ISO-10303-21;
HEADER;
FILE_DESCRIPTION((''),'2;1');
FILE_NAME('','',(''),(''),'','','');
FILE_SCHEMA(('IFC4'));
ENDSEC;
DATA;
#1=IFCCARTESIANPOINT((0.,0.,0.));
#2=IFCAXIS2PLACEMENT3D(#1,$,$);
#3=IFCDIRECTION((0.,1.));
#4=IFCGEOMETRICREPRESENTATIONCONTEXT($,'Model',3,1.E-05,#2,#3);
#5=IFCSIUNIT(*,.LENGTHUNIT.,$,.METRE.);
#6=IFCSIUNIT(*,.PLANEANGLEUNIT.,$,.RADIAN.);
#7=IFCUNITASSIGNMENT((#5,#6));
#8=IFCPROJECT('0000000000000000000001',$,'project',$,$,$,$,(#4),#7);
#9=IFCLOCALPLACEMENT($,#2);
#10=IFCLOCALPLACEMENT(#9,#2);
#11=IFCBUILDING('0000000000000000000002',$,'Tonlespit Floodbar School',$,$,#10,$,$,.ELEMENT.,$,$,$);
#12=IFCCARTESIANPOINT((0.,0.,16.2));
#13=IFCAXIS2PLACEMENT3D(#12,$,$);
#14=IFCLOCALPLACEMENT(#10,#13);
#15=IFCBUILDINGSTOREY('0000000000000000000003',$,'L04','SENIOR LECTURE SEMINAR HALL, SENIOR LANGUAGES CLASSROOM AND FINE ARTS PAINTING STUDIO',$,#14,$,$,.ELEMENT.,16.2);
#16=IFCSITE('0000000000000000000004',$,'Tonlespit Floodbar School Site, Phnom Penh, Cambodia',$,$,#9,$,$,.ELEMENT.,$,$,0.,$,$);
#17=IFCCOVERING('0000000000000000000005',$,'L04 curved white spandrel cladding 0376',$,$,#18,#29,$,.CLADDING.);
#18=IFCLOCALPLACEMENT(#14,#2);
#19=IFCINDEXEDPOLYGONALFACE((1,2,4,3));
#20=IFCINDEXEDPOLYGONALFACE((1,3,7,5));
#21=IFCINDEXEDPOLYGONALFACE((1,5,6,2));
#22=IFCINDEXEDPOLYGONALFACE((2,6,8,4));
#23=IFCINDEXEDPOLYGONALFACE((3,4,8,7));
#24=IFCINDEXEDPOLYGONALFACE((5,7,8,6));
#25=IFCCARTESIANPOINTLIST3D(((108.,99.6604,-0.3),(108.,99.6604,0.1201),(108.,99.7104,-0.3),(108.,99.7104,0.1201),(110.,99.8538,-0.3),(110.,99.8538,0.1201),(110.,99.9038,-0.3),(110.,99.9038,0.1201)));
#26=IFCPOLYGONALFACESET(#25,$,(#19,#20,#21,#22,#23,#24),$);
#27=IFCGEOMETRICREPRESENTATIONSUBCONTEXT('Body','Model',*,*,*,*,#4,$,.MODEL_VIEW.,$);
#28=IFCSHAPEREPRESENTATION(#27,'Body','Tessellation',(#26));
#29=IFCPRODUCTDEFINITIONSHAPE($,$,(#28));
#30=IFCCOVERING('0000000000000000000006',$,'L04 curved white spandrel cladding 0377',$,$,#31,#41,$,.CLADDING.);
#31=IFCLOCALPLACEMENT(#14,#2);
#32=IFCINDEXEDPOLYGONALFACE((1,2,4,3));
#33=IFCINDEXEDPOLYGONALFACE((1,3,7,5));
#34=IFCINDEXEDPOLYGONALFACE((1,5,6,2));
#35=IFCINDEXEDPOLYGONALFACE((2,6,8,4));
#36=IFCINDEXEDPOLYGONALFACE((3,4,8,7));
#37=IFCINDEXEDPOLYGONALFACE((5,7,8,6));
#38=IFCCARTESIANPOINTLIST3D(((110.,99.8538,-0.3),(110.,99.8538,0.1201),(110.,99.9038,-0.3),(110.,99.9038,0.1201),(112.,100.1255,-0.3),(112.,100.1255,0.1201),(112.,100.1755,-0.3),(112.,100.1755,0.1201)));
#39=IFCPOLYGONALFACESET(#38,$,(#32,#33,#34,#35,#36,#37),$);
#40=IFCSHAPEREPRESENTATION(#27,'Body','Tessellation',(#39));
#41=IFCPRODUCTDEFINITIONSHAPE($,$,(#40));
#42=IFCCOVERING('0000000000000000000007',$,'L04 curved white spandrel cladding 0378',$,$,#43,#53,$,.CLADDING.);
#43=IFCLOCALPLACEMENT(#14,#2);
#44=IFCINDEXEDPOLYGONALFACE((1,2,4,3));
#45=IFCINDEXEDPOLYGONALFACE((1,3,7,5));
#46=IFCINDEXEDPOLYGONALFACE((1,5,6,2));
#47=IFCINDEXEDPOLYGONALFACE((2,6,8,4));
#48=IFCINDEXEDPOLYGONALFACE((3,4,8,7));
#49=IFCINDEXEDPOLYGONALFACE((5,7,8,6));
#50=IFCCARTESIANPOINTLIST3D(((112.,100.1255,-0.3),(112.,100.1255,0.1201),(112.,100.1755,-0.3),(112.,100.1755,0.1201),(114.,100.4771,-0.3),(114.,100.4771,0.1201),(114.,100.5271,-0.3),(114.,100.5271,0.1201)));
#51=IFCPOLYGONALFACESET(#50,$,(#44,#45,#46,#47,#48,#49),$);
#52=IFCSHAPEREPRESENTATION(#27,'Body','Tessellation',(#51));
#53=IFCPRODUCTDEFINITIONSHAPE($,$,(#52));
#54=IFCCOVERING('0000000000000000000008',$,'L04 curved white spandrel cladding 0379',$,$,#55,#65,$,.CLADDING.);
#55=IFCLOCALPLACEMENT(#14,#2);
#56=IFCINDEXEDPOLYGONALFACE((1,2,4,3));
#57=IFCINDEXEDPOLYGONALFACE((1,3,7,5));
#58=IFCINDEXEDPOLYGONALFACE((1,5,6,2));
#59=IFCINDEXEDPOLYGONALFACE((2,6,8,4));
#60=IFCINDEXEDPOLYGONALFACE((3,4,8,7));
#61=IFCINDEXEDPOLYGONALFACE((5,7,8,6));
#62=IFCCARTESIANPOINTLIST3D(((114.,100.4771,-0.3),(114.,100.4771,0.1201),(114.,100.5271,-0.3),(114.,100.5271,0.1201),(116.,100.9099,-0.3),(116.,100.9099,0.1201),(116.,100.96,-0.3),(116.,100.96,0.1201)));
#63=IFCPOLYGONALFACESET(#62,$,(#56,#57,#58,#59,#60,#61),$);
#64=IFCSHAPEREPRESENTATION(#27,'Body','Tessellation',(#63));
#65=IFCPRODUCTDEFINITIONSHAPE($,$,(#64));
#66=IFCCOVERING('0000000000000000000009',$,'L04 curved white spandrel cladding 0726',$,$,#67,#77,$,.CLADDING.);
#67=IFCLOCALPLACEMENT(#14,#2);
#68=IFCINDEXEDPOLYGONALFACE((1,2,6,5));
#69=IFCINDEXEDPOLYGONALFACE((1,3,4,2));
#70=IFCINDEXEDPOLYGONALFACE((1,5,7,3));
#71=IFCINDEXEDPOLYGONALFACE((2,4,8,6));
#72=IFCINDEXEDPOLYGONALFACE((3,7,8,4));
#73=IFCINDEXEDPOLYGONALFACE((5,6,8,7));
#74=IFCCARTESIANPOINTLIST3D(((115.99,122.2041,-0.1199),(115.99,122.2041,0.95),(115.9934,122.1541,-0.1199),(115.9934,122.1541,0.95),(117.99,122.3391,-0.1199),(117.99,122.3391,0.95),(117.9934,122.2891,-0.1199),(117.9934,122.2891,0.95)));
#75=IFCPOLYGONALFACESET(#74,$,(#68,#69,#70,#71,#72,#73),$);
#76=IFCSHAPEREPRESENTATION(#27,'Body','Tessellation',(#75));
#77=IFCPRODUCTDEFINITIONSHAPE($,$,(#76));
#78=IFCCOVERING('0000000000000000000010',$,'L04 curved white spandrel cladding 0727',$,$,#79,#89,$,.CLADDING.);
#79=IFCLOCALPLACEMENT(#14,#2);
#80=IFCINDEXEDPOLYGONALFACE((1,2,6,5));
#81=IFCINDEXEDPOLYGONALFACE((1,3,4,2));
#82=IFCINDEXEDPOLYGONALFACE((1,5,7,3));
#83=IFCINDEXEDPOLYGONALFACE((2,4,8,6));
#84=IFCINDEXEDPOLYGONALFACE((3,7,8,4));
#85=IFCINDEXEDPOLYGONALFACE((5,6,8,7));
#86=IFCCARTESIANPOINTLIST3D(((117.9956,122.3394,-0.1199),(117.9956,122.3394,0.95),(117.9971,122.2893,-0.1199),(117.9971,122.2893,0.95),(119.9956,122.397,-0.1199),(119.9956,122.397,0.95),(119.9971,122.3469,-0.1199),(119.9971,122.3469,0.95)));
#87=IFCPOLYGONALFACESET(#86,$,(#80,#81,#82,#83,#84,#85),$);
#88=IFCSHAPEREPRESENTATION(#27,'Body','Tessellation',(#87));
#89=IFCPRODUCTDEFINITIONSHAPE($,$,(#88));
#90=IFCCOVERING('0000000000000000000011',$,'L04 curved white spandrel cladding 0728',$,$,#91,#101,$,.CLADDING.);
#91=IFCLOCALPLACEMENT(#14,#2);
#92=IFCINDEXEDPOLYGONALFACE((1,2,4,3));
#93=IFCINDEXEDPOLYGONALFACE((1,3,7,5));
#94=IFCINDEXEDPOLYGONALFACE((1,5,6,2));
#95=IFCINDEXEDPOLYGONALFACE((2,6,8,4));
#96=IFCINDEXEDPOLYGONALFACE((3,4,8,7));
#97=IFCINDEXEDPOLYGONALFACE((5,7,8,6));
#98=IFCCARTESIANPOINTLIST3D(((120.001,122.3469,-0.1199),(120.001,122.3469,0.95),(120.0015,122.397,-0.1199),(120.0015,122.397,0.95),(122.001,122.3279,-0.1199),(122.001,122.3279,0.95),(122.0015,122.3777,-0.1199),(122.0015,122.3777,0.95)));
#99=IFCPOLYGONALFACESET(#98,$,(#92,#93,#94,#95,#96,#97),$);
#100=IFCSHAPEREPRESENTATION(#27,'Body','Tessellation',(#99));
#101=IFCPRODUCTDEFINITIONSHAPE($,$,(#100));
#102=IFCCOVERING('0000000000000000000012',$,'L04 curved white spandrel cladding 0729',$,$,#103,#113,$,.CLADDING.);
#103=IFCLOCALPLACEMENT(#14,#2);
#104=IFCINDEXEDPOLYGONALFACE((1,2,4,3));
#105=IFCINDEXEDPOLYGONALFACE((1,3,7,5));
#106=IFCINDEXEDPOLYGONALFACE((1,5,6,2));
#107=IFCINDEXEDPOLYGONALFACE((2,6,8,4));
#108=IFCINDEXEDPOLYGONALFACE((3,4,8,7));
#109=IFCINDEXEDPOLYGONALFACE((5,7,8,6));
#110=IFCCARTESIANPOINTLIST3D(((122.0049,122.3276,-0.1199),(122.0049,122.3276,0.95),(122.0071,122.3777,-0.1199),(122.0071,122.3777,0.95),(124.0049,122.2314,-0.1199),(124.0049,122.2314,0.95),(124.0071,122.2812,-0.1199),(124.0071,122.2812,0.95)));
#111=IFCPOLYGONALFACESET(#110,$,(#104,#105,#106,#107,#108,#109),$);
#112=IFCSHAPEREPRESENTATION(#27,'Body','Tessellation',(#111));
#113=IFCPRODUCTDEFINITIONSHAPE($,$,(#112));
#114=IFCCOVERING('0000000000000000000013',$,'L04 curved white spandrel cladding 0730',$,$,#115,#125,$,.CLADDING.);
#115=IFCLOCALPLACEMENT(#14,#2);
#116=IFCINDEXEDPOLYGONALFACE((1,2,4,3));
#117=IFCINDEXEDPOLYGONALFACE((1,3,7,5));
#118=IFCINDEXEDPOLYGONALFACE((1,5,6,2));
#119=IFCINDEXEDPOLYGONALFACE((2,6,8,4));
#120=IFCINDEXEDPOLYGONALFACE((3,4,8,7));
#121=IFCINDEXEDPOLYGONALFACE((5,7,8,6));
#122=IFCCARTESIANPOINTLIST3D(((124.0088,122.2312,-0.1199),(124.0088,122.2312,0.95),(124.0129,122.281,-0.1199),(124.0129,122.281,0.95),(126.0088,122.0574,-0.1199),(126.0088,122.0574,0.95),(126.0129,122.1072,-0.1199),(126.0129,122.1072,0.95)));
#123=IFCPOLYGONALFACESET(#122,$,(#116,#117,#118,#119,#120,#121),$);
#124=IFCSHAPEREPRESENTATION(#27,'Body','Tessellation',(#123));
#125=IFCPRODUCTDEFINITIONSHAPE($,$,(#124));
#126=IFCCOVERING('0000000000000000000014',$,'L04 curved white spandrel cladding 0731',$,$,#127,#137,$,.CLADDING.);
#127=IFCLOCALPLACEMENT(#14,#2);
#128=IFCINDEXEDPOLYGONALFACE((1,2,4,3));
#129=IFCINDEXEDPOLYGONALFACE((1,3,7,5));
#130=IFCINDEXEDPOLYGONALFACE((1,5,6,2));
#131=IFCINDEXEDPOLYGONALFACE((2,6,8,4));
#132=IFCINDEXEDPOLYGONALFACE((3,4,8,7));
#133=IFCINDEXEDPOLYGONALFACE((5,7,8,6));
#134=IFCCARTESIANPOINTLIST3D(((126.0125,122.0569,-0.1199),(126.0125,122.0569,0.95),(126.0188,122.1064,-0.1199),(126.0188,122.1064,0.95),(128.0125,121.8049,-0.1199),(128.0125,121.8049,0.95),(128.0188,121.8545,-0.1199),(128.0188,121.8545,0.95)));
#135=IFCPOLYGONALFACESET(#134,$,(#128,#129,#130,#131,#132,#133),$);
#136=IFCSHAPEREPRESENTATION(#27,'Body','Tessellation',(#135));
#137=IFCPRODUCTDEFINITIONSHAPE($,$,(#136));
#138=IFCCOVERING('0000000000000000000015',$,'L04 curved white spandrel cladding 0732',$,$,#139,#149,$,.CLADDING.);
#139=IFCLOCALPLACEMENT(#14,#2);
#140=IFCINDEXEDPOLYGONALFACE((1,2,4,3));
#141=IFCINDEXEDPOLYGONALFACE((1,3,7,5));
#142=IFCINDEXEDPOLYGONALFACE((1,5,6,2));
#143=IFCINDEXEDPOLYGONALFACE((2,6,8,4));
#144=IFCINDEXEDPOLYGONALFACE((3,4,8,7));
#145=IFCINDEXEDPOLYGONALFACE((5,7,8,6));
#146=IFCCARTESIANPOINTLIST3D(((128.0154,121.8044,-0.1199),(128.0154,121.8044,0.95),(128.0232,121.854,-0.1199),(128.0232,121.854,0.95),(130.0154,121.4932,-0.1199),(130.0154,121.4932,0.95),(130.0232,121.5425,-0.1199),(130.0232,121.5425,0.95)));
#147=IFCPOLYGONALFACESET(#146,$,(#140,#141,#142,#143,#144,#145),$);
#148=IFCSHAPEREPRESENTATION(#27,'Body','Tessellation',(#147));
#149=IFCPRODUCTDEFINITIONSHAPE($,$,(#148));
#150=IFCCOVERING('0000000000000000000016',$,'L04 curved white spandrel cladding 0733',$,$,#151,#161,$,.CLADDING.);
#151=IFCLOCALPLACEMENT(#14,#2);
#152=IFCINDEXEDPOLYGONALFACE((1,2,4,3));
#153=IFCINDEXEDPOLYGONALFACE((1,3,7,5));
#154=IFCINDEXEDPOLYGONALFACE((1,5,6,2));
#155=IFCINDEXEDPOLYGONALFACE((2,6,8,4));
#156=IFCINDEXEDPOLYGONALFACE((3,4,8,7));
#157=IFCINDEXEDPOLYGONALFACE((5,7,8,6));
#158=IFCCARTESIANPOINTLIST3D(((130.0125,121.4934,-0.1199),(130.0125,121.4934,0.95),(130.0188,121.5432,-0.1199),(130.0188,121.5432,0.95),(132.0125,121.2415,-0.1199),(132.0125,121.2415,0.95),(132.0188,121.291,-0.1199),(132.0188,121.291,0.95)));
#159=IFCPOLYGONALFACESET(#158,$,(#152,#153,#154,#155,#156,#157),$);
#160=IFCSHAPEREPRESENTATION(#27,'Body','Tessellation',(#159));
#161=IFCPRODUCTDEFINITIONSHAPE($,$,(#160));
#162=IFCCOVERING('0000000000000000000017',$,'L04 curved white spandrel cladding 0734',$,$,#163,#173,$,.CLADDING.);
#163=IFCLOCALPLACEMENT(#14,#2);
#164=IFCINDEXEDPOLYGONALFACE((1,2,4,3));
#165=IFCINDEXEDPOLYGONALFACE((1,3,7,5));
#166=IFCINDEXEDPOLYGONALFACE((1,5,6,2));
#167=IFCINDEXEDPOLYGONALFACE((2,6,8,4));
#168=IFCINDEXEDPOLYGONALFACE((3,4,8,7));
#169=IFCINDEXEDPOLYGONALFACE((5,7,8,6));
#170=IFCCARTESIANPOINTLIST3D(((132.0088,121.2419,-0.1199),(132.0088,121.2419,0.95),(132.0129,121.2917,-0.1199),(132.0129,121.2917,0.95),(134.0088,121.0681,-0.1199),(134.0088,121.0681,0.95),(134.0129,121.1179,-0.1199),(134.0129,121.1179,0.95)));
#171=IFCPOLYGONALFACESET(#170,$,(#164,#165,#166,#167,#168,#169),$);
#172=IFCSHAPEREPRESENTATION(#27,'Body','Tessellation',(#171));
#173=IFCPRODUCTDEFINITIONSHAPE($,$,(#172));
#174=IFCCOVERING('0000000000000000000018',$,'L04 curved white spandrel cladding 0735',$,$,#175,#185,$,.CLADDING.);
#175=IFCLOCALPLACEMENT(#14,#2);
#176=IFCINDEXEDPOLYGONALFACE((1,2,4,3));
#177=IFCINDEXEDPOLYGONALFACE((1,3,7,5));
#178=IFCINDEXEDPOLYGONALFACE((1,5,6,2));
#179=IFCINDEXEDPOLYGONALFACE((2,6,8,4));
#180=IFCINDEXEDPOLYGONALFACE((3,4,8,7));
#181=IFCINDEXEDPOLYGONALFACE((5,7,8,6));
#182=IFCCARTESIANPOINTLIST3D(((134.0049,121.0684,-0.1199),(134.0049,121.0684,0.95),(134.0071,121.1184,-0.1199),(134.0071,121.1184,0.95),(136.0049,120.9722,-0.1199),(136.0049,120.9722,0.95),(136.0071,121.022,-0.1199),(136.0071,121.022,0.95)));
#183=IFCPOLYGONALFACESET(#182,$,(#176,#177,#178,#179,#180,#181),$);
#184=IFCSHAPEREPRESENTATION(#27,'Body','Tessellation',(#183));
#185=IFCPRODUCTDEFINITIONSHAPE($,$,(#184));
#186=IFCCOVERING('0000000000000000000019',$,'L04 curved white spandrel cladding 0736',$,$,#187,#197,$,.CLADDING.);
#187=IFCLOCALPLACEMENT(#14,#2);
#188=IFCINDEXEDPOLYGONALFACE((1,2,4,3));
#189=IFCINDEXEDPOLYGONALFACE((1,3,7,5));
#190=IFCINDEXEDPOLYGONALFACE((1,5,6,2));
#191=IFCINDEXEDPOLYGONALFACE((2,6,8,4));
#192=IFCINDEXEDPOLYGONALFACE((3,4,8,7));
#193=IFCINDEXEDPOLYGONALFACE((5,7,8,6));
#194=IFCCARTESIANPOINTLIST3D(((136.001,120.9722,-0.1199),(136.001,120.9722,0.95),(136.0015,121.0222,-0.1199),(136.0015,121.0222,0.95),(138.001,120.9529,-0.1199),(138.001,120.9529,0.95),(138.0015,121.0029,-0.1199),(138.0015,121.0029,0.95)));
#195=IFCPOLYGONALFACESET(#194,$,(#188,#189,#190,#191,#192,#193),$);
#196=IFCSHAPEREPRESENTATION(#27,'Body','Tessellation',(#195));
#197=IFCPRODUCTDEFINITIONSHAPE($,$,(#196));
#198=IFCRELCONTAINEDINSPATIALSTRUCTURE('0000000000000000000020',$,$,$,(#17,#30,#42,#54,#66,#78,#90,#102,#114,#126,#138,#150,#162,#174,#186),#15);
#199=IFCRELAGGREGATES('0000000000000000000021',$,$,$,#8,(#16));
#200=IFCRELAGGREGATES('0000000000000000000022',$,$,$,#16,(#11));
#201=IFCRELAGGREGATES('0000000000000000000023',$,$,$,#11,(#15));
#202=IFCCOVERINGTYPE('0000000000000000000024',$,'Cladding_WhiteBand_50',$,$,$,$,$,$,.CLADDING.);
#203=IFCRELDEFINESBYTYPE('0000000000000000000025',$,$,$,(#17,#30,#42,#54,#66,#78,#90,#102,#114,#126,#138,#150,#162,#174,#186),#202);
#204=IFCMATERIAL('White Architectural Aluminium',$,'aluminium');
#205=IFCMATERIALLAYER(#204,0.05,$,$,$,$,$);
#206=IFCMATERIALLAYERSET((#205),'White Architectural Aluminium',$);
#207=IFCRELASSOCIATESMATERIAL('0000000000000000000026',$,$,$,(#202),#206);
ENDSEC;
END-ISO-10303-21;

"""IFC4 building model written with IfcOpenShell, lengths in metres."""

from ifc_helpers import new_model, si_unit, direction, frame, origin, place, context, subcontext, project, spatial, polyline, outline, extrude, material, layer, layer_set, type_object, element, save


model = new_model("IFC4")

# Units and contexts
model_context = context("Model", 3, precision=1e-05, world=origin(), true_north=direction((0.0, 1.0)))
body_context = subcontext(model_context, "Body", "Model", "MODEL_VIEW")
ifc_project = project(units=[si_unit("LENGTHUNIT", "METRE"), si_unit("PLANEANGLEUNIT", "RADIAN")], contexts=[model_context])

# Site, building, storey
site_placement = place(None, origin())
site = spatial("IfcSite", under=ifc_project, at=site_placement, Name="Tonlespit Floodbar School Site, Phnom Penh, Cambodia", CompositionType="ELEMENT", RefElevation=0.0)
building_placement = place(site_placement, origin())
building = spatial("IfcBuilding", under=site, at=building_placement, Name="Tonlespit Floodbar School", CompositionType="ELEMENT")
storey_placement = place(building_placement, frame((0.0, 0.0, 16.2)))
storey = spatial("IfcBuildingStorey", under=building, at=storey_placement, Name="L04", Description="SENIOR LECTURE SEMINAR HALL, SENIOR LANGUAGES CLASSROOM AND FINE ARTS PAINTING STUDIO", CompositionType="ELEMENT", Elevation=16.2)

# Coverings
ifc_material = material(Name="White Architectural Aluminium", Category="aluminium")
ifc_layer = layer(ifc_material, 0.05)
ifc_layer_set = layer_set([ifc_layer], Name="White Architectural Aluminium")
covering_type = type_object("IfcCoveringType", Name="Cladding_WhiteBand_50", PredefinedType="CLADDING", material=ifc_layer_set)
covering_1_placement = place(storey_placement, frame((0.0, 0.0, -0.3)))
element("IfcCovering", 1, at=covering_1_placement, inside=storey, type_object=covering_type, Name="L04 curved white spandrel cladding 0376", PredefinedType="CLADDING", context=body_context, shape_type="SweptSolid", body=[
    extrude(outline(polyline([(108.0, 99.7104), (110.0, 99.9038), (110.0, 99.8538), (108.0, 99.6604), (108.0, 99.7104)])), origin(), (0.0, 0.0, 1.0), 0.4202),
])
covering_2_placement = place(storey_placement, frame((0.0, 0.0, -0.3)))
element("IfcCovering", 2, at=covering_2_placement, inside=storey, type_object=covering_type, Name="L04 curved white spandrel cladding 0377", PredefinedType="CLADDING", context=body_context, shape_type="SweptSolid", body=[
    extrude(outline(polyline([(110.0, 99.9038), (112.0, 100.1755), (112.0, 100.1255), (110.0, 99.8538), (110.0, 99.9038)])), origin(), (0.0, 0.0, 1.0), 0.4202),
])
covering_3_placement = place(storey_placement, frame((0.0, 0.0, -0.3)))
element("IfcCovering", 3, at=covering_3_placement, inside=storey, type_object=covering_type, Name="L04 curved white spandrel cladding 0378", PredefinedType="CLADDING", context=body_context, shape_type="SweptSolid", body=[
    extrude(outline(polyline([(112.0, 100.1755), (114.0, 100.5271), (114.0, 100.4771), (112.0, 100.1255), (112.0, 100.1755)])), origin(), (0.0, 0.0, 1.0), 0.4202),
])
covering_4_placement = place(storey_placement, frame((0.0, 0.0, -0.3)))
element("IfcCovering", 4, at=covering_4_placement, inside=storey, type_object=covering_type, Name="L04 curved white spandrel cladding 0379", PredefinedType="CLADDING", context=body_context, shape_type="SweptSolid", body=[
    extrude(outline(polyline([(114.0, 100.5271), (116.0, 100.96), (116.0, 100.9099), (114.0, 100.4771), (114.0, 100.5271)])), origin(), (0.0, 0.0, 1.0), 0.4202),
])
covering_5_placement = place(storey_placement, frame((0.0, 0.0, -0.1199)))
element("IfcCovering", 5, at=covering_5_placement, inside=storey, type_object=covering_type, Name="L04 curved white spandrel cladding 0726", PredefinedType="CLADDING", context=body_context, shape_type="SweptSolid", body=[
    extrude(outline(polyline([(115.9934, 122.1541), (117.9934, 122.2891), (117.99, 122.3391), (115.99, 122.2041), (115.9934, 122.1541)])), origin(), (0.0, 0.0, 1.0), 1.0698),
])
covering_6_placement = place(storey_placement, frame((0.0, 0.0, -0.1199)))
element("IfcCovering", 6, at=covering_6_placement, inside=storey, type_object=covering_type, Name="L04 curved white spandrel cladding 0727", PredefinedType="CLADDING", context=body_context, shape_type="SweptSolid", body=[
    extrude(outline(polyline([(117.9971, 122.2893), (119.9971, 122.3469), (119.9956, 122.397), (117.9956, 122.3394), (117.9971, 122.2893)])), origin(), (0.0, 0.0, 1.0), 1.0698),
])
covering_7_placement = place(storey_placement, frame((0.0, 0.0, -0.1199)))
element("IfcCovering", 7, at=covering_7_placement, inside=storey, type_object=covering_type, Name="L04 curved white spandrel cladding 0728", PredefinedType="CLADDING", context=body_context, shape_type="SweptSolid", body=[
    extrude(outline(polyline([(120.001, 122.3469), (122.001, 122.3279), (122.0015, 122.3777), (120.0015, 122.397), (120.001, 122.3469)])), origin(), (0.0, 0.0, 1.0), 1.0698),
])
covering_8_placement = place(storey_placement, frame((0.0, 0.0, -0.1199)))
element("IfcCovering", 8, at=covering_8_placement, inside=storey, type_object=covering_type, Name="L04 curved white spandrel cladding 0729", PredefinedType="CLADDING", context=body_context, shape_type="SweptSolid", body=[
    extrude(outline(polyline([(122.0049, 122.3276), (124.0049, 122.2314), (124.0071, 122.2812), (122.0071, 122.3777), (122.0049, 122.3276)])), origin(), (0.0, 0.0, 1.0), 1.0698),
])
covering_9_placement = place(storey_placement, frame((0.0, 0.0, -0.1199)))
element("IfcCovering", 9, at=covering_9_placement, inside=storey, type_object=covering_type, Name="L04 curved white spandrel cladding 0730", PredefinedType="CLADDING", context=body_context, shape_type="SweptSolid", body=[
    extrude(outline(polyline([(124.0088, 122.2312), (126.0088, 122.0574), (126.0129, 122.1072), (124.0129, 122.281), (124.0088, 122.2312)])), origin(), (0.0, 0.0, 1.0), 1.0698),
])
covering_10_placement = place(storey_placement, frame((0.0, 0.0, -0.1199)))
element("IfcCovering", 10, at=covering_10_placement, inside=storey, type_object=covering_type, Name="L04 curved white spandrel cladding 0731", PredefinedType="CLADDING", context=body_context, shape_type="SweptSolid", body=[
    extrude(outline(polyline([(126.0125, 122.0569), (128.0125, 121.8049), (128.0188, 121.8545), (126.0188, 122.1064), (126.0125, 122.0569)])), origin(), (0.0, 0.0, 1.0), 1.0698),
])
covering_11_placement = place(storey_placement, frame((0.0, 0.0, -0.1199)))
element("IfcCovering", 11, at=covering_11_placement, inside=storey, type_object=covering_type, Name="L04 curved white spandrel cladding 0732", PredefinedType="CLADDING", context=body_context, shape_type="SweptSolid", body=[
    extrude(outline(polyline([(128.0154, 121.8044), (130.0154, 121.4932), (130.0232, 121.5425), (128.0232, 121.854), (128.0154, 121.8044)])), origin(), (0.0, 0.0, 1.0), 1.0698),
])
covering_12_placement = place(storey_placement, frame((0.0, 0.0, -0.1199)))
element("IfcCovering", 12, at=covering_12_placement, inside=storey, type_object=covering_type, Name="L04 curved white spandrel cladding 0733", PredefinedType="CLADDING", context=body_context, shape_type="SweptSolid", body=[
    extrude(outline(polyline([(130.0125, 121.4934), (132.0125, 121.2415), (132.0188, 121.291), (130.0188, 121.5432), (130.0125, 121.4934)])), origin(), (0.0, 0.0, 1.0), 1.0698),
])
covering_13_placement = place(storey_placement, frame((0.0, 0.0, -0.1199)))
element("IfcCovering", 13, at=covering_13_placement, inside=storey, type_object=covering_type, Name="L04 curved white spandrel cladding 0734", PredefinedType="CLADDING", context=body_context, shape_type="SweptSolid", body=[
    extrude(outline(polyline([(132.0088, 121.2419), (134.0088, 121.0681), (134.0129, 121.1179), (132.0129, 121.2917), (132.0088, 121.2419)])), origin(), (0.0, 0.0, 1.0), 1.0698),
])
covering_14_placement = place(storey_placement, frame((0.0, 0.0, -0.1199)))
element("IfcCovering", 14, at=covering_14_placement, inside=storey, type_object=covering_type, Name="L04 curved white spandrel cladding 0735", PredefinedType="CLADDING", context=body_context, shape_type="SweptSolid", body=[
    extrude(outline(polyline([(134.0049, 121.0684), (136.0049, 120.9722), (136.0071, 121.022), (134.0071, 121.1184), (134.0049, 121.0684)])), origin(), (0.0, 0.0, 1.0), 1.0698),
])
covering_15_placement = place(storey_placement, frame((0.0, 0.0, -0.1199)))
element("IfcCovering", 15, at=covering_15_placement, inside=storey, type_object=covering_type, Name="L04 curved white spandrel cladding 0736", PredefinedType="CLADDING", context=body_context, shape_type="SweptSolid", body=[
    extrude(outline(polyline([(136.001, 120.9722), (138.001, 120.9529), (138.0015, 121.0029), (136.0015, 121.0222), (136.001, 120.9722)])), origin(), (0.0, 0.0, 1.0), 1.0698),
])

save(model, "model.ifc")
